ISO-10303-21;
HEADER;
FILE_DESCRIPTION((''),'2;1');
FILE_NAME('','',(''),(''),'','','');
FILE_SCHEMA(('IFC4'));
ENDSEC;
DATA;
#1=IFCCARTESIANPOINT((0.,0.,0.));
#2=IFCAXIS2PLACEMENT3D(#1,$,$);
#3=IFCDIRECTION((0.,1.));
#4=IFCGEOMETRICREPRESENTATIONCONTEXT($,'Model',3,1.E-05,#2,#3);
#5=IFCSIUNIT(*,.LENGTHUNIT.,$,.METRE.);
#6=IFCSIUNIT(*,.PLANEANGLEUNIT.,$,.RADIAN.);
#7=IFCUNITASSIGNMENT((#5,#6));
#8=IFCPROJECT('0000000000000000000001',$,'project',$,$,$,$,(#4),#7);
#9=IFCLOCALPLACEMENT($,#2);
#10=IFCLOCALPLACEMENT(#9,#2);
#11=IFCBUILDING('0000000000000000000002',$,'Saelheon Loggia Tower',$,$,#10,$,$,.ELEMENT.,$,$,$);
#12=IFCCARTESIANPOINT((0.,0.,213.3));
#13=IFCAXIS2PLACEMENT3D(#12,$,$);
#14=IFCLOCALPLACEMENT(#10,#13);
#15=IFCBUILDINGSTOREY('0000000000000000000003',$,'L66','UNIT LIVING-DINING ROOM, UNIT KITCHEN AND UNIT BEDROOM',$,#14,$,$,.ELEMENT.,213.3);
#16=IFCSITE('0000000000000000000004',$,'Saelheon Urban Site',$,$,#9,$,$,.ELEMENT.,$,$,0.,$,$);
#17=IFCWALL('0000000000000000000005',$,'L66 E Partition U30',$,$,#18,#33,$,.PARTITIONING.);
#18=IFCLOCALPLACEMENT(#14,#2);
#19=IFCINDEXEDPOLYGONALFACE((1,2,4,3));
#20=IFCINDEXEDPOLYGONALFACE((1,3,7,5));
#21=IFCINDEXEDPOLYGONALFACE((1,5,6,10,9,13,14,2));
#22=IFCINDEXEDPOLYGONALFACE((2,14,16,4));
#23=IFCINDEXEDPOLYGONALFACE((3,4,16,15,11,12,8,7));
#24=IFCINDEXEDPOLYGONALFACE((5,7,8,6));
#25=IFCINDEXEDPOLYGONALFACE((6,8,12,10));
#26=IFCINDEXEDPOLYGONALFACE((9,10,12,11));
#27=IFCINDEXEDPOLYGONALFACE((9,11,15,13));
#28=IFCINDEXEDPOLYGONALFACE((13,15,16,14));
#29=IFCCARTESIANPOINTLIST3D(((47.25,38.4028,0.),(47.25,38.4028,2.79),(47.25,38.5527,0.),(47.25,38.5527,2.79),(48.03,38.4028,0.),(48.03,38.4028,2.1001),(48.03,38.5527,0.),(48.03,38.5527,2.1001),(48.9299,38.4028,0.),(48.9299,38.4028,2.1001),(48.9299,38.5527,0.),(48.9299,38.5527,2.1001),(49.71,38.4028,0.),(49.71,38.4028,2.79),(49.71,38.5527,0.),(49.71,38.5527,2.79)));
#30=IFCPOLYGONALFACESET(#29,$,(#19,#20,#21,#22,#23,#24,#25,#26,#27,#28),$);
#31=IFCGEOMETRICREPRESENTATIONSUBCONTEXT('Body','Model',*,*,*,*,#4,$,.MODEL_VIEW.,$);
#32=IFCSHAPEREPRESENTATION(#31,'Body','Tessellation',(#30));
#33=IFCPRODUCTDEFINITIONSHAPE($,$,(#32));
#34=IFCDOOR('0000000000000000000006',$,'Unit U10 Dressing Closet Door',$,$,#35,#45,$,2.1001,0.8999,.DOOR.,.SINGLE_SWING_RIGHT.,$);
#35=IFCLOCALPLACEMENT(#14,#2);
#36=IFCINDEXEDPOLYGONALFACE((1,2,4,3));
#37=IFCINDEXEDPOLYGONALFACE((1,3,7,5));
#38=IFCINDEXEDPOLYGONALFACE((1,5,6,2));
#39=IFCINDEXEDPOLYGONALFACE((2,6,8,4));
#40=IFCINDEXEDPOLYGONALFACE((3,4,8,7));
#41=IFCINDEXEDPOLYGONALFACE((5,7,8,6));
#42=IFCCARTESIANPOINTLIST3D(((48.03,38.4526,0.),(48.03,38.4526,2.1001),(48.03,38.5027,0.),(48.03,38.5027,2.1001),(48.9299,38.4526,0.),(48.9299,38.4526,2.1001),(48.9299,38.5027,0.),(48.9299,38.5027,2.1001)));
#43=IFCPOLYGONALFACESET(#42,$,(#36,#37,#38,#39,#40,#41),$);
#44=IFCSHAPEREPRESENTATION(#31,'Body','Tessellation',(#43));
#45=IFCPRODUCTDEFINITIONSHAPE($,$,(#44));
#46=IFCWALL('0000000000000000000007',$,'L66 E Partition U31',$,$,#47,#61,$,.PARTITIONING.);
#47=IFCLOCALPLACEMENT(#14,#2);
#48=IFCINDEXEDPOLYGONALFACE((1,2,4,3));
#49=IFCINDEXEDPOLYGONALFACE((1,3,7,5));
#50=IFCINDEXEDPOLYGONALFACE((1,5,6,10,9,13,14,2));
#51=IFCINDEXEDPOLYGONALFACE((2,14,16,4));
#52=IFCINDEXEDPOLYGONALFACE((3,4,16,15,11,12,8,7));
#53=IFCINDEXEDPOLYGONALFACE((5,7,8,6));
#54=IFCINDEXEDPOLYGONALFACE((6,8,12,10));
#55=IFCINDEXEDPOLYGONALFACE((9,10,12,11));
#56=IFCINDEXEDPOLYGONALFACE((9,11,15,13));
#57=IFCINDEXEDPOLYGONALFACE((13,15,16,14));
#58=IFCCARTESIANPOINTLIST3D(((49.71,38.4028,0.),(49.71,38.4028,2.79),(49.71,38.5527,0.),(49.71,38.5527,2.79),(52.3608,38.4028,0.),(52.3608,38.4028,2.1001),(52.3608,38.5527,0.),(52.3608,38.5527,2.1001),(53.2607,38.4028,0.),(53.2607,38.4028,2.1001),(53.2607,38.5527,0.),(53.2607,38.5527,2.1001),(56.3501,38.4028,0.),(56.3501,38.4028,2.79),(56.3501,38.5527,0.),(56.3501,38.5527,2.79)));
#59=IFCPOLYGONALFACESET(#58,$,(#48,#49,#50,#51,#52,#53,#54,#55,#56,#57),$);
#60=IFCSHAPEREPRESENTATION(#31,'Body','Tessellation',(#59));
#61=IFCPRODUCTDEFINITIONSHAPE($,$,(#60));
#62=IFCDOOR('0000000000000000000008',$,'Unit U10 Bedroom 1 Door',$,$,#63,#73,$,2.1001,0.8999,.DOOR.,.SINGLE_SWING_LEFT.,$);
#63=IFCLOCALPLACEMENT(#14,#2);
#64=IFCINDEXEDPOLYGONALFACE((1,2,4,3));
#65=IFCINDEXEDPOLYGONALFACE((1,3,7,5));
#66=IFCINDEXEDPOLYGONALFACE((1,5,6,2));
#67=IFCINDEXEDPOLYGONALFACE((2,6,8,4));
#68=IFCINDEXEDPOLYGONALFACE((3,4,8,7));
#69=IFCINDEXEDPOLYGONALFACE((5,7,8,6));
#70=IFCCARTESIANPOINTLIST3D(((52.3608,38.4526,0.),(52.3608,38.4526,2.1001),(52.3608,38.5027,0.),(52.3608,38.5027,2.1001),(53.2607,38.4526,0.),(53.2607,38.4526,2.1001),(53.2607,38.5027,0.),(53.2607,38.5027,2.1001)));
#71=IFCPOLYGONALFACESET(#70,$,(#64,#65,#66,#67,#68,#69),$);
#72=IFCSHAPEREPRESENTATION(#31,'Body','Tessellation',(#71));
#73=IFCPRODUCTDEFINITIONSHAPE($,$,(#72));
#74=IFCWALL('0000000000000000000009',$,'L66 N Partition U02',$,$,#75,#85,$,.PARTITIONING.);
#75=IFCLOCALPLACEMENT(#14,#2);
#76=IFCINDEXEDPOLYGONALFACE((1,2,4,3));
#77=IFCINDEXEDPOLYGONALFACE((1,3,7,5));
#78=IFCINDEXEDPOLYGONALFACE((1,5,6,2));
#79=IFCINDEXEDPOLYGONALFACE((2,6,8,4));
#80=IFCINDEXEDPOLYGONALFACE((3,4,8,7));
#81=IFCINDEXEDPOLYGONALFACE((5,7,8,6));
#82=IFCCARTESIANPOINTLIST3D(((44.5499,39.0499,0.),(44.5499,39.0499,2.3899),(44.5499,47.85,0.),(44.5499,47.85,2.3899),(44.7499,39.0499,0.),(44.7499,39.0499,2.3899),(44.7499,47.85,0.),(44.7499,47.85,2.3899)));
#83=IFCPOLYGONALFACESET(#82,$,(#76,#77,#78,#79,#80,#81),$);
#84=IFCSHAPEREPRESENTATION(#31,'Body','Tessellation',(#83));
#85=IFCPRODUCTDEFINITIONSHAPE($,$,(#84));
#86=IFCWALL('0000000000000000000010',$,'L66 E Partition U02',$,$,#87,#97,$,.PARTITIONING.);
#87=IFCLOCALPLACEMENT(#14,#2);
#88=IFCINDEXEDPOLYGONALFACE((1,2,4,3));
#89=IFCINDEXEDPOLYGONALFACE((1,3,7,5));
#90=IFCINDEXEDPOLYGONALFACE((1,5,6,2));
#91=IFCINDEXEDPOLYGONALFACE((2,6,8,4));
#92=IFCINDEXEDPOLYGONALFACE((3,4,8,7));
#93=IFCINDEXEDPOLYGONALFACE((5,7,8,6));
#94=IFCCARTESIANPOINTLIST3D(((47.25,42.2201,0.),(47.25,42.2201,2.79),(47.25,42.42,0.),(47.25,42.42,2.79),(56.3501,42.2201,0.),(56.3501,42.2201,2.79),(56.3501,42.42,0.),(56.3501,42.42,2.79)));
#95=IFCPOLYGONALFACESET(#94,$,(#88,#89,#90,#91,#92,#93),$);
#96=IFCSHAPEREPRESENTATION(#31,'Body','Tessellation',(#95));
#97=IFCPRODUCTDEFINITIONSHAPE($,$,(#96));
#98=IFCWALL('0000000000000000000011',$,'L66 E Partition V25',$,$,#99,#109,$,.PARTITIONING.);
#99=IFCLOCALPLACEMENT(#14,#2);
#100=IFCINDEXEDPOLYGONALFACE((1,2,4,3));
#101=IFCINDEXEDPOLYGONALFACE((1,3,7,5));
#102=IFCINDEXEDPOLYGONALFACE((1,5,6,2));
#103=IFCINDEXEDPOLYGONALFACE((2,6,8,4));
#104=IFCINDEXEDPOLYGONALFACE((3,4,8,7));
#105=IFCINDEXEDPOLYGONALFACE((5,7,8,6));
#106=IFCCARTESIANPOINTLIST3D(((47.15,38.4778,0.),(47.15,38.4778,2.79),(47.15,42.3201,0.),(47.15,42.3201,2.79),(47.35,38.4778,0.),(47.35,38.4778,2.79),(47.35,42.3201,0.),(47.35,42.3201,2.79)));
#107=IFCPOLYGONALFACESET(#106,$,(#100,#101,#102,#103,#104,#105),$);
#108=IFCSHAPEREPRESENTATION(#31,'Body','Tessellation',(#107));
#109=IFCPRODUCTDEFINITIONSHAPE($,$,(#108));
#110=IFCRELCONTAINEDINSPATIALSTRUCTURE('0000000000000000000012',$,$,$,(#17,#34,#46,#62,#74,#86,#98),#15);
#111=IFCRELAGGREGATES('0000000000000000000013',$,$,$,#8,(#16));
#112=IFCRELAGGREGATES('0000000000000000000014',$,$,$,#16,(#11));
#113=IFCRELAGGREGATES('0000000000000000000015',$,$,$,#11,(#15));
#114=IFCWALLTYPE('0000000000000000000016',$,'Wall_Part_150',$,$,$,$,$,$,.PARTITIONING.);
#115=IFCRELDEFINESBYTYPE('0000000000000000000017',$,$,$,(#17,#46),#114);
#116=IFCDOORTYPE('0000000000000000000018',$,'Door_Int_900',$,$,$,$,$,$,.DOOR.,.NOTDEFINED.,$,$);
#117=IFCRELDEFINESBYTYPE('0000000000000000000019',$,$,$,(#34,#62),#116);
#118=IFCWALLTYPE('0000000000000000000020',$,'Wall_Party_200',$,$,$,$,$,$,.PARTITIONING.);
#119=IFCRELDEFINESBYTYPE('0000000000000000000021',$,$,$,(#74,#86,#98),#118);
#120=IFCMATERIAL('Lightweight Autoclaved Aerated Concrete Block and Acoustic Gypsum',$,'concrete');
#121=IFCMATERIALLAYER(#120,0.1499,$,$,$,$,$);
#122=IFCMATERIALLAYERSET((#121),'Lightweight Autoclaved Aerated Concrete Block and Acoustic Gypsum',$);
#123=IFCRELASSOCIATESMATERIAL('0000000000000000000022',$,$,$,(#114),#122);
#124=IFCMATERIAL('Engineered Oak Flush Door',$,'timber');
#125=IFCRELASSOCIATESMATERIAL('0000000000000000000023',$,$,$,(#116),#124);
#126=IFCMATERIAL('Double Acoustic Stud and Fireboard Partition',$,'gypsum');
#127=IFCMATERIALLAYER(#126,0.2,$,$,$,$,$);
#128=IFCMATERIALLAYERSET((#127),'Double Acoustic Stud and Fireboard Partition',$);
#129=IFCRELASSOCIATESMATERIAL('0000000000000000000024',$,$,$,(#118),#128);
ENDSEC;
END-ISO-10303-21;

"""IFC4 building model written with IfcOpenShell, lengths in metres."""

from ifc_helpers import new_model, si_unit, direction, frame, frame_2d, origin, place, context, subcontext, project, spatial, rectangle, extrude, source, transform, mapped, material, layer, layer_set, type_object, element, fill, save


model = new_model("IFC4")

# Units and contexts
model_context = context("Model", 3, precision=1e-05, world=origin(), true_north=direction((0.0, 1.0)))
body_context = subcontext(model_context, "Body", "Model", "MODEL_VIEW")
ifc_project = project(units=[si_unit("LENGTHUNIT", "METRE"), si_unit("PLANEANGLEUNIT", "RADIAN")], contexts=[model_context])

# Site, building, storey
site_placement = place(None, origin())
site = spatial("IfcSite", under=ifc_project, at=site_placement, Name="Saelheon Urban Site", CompositionType="ELEMENT", RefElevation=0.0)
building_placement = place(site_placement, origin())
building = spatial("IfcBuilding", under=site, at=building_placement, Name="Saelheon Loggia Tower", CompositionType="ELEMENT")
storey_placement = place(building_placement, frame((0.0, 0.0, 213.3)))
storey = spatial("IfcBuildingStorey", under=building, at=storey_placement, Name="L66", Description="UNIT LIVING-DINING ROOM, UNIT KITCHEN AND UNIT BEDROOM", CompositionType="ELEMENT", Elevation=213.3)

# Shared definitions
ifc_material_1 = material(Name="Lightweight Autoclaved Aerated Concrete Block and Acoustic Gypsum", Category="concrete")
ifc_layer_1 = layer(ifc_material_1, 0.1499)
ifc_layer_set_1 = layer_set([ifc_layer_1], Name="Lightweight Autoclaved Aerated Concrete Block and Acoustic Gypsum")
wall_type_1 = type_object("IfcWallType", Name="Wall_Part_150", PredefinedType="PARTITIONING", material=ifc_layer_set_1)
ifc_material_2 = material(Name="Engineered Oak Flush Door", Category="timber")
door_type = type_object("IfcDoorType", Name="Door_Int_900", OperationType="NOTDEFINED", PredefinedType="DOOR", material=ifc_material_2)
shared_shape_1 = source(origin(), body_context, "Body", "SweptSolid", [
    extrude(rectangle(XDim=0.8999, YDim=2.1001, at=frame_2d((0.45, 1.05))), frame((0.0, 0.0249, 0.0), z_axis=(0.0, -1.0, 0.0), x_axis=(1.0, 0.0, 0.0)), (0.0, 0.0, 1.0), 0.05),
])

# Walls, openings, doors
wall_1_placement = place(storey_placement, frame((47.25, 38.4778, 0.0), z_axis=(0.0, 0.0, 1.0), x_axis=(1.0, 0.0, 0.0)))
wall_1 = element("IfcWall", 1, at=wall_1_placement, inside=storey, type_object=wall_type_1, Name="L66 E Partition U30", PredefinedType="PARTITIONING", context=body_context, shape_type="SweptSolid", body=[
    extrude(rectangle(XDim=2.46, YDim=0.1499, at=frame_2d((1.23, 0.0))), origin(), (0.0, 0.0, 1.0), 2.79),
])
opening_1_placement = place(wall_1_placement, frame((0.78, 0.0, 0.0)))
opening_1 = element("IfcOpeningElement", 2, at=opening_1_placement, cuts=wall_1, PredefinedType="OPENING", context=body_context, shape_type="SweptSolid", body=[
    extrude(rectangle(XDim=0.8999, YDim=2.1001, at=frame_2d((0.45, 1.05))), frame((0.0, 0.0869, 0.0), z_axis=(0.0, -1.0, 0.0), x_axis=(1.0, 0.0, 0.0)), (0.0, 0.0, 1.0), 0.1738),
])
door_1_placement = place(opening_1_placement, origin())
door_1 = element("IfcDoor", 3, at=door_1_placement, inside=storey, type_object=door_type, Name="Unit U10 Dressing Closet Door", OperationType="SINGLE_SWING_RIGHT", OverallHeight=2.1001, OverallWidth=0.8999, PredefinedType="DOOR", context=body_context, shape_type="MappedRepresentation", body=[
    mapped(shared_shape_1, transform((0.0, 0.0, 0.0), scale=1.0)),
])
fill(opening_1, door_1)
wall_2_placement = place(storey_placement, frame((49.71, 38.4778, 0.0), z_axis=(0.0, 0.0, 1.0), x_axis=(1.0, 0.0, 0.0)))
wall_2 = element("IfcWall", 4, at=wall_2_placement, inside=storey, type_object=wall_type_1, Name="L66 E Partition U31", PredefinedType="PARTITIONING", context=body_context, shape_type="SweptSolid", body=[
    extrude(rectangle(XDim=6.6401, YDim=0.1499, at=frame_2d((3.3201, 0.0))), origin(), (0.0, 0.0, 1.0), 2.79),
])
opening_2_placement = place(wall_2_placement, frame((2.6509, 0.0, 0.0)))
opening_2 = element("IfcOpeningElement", 5, at=opening_2_placement, cuts=wall_2, PredefinedType="OPENING", context=body_context, shape_type="SweptSolid", body=[
    extrude(rectangle(XDim=0.8999, YDim=2.1001, at=frame_2d((0.45, 1.05))), frame((0.0, 0.0869, 0.0), z_axis=(0.0, -1.0, 0.0), x_axis=(1.0, 0.0, 0.0)), (0.0, 0.0, 1.0), 0.1738),
])
door_2_placement = place(opening_2_placement, origin())
door_2 = element("IfcDoor", 6, at=door_2_placement, inside=storey, type_object=door_type, Name="Unit U10 Bedroom 1 Door", OperationType="SINGLE_SWING_LEFT", OverallHeight=2.1001, OverallWidth=0.8999, PredefinedType="DOOR", context=body_context, shape_type="MappedRepresentation", body=[
    mapped(shared_shape_1, transform((0.0, 0.0, 0.0), scale=1.0)),
])
fill(opening_2, door_2)

# Walls
ifc_material_3 = material(Name="Double Acoustic Stud and Fireboard Partition", Category="gypsum")
ifc_layer_2 = layer(ifc_material_3, 0.2)
ifc_layer_set_2 = layer_set([ifc_layer_2], Name="Double Acoustic Stud and Fireboard Partition")
wall_type_2 = type_object("IfcWallType", Name="Wall_Party_200", PredefinedType="PARTITIONING", material=ifc_layer_set_2)
wall_3_placement = place(storey_placement, frame((44.6499, 39.05, 0.0), z_axis=(0.0, 0.0, 1.0), x_axis=(0.0, 1.0, 0.0)))
element("IfcWall", 7, at=wall_3_placement, inside=storey, type_object=wall_type_2, Name="L66 N Partition U02", PredefinedType="PARTITIONING", context=body_context, shape_type="SweptSolid", body=[
    extrude(rectangle(XDim=8.8, YDim=0.2, at=frame_2d((4.3999, 0.0))), origin(), (0.0, 0.0, 1.0), 2.3899),
])
wall_4_placement = place(storey_placement, frame((47.25, 42.3201, 0.0), z_axis=(0.0, 0.0, 1.0), x_axis=(1.0, 0.0, 0.0)))
element("IfcWall", 8, at=wall_4_placement, inside=storey, type_object=wall_type_2, Name="L66 E Partition U02", PredefinedType="PARTITIONING", context=body_context, shape_type="SweptSolid", body=[
    extrude(rectangle(XDim=9.1001, YDim=0.2, at=frame_2d((4.55, 0.0))), origin(), (0.0, 0.0, 1.0), 2.79),
])
wall_5_placement = place(storey_placement, frame((47.25, 38.4778, 0.0), z_axis=(0.0, 0.0, 1.0), x_axis=(0.0, 1.0, 0.0)))
element("IfcWall", 9, at=wall_5_placement, inside=storey, type_object=wall_type_2, Name="L66 E Partition V25", PredefinedType="PARTITIONING", context=body_context, shape_type="SweptSolid", body=[
    extrude(rectangle(XDim=3.8423, YDim=0.2, at=frame_2d((1.9211, 0.0))), origin(), (0.0, 0.0, 1.0), 2.79),
])

save(model, "model.ifc")
